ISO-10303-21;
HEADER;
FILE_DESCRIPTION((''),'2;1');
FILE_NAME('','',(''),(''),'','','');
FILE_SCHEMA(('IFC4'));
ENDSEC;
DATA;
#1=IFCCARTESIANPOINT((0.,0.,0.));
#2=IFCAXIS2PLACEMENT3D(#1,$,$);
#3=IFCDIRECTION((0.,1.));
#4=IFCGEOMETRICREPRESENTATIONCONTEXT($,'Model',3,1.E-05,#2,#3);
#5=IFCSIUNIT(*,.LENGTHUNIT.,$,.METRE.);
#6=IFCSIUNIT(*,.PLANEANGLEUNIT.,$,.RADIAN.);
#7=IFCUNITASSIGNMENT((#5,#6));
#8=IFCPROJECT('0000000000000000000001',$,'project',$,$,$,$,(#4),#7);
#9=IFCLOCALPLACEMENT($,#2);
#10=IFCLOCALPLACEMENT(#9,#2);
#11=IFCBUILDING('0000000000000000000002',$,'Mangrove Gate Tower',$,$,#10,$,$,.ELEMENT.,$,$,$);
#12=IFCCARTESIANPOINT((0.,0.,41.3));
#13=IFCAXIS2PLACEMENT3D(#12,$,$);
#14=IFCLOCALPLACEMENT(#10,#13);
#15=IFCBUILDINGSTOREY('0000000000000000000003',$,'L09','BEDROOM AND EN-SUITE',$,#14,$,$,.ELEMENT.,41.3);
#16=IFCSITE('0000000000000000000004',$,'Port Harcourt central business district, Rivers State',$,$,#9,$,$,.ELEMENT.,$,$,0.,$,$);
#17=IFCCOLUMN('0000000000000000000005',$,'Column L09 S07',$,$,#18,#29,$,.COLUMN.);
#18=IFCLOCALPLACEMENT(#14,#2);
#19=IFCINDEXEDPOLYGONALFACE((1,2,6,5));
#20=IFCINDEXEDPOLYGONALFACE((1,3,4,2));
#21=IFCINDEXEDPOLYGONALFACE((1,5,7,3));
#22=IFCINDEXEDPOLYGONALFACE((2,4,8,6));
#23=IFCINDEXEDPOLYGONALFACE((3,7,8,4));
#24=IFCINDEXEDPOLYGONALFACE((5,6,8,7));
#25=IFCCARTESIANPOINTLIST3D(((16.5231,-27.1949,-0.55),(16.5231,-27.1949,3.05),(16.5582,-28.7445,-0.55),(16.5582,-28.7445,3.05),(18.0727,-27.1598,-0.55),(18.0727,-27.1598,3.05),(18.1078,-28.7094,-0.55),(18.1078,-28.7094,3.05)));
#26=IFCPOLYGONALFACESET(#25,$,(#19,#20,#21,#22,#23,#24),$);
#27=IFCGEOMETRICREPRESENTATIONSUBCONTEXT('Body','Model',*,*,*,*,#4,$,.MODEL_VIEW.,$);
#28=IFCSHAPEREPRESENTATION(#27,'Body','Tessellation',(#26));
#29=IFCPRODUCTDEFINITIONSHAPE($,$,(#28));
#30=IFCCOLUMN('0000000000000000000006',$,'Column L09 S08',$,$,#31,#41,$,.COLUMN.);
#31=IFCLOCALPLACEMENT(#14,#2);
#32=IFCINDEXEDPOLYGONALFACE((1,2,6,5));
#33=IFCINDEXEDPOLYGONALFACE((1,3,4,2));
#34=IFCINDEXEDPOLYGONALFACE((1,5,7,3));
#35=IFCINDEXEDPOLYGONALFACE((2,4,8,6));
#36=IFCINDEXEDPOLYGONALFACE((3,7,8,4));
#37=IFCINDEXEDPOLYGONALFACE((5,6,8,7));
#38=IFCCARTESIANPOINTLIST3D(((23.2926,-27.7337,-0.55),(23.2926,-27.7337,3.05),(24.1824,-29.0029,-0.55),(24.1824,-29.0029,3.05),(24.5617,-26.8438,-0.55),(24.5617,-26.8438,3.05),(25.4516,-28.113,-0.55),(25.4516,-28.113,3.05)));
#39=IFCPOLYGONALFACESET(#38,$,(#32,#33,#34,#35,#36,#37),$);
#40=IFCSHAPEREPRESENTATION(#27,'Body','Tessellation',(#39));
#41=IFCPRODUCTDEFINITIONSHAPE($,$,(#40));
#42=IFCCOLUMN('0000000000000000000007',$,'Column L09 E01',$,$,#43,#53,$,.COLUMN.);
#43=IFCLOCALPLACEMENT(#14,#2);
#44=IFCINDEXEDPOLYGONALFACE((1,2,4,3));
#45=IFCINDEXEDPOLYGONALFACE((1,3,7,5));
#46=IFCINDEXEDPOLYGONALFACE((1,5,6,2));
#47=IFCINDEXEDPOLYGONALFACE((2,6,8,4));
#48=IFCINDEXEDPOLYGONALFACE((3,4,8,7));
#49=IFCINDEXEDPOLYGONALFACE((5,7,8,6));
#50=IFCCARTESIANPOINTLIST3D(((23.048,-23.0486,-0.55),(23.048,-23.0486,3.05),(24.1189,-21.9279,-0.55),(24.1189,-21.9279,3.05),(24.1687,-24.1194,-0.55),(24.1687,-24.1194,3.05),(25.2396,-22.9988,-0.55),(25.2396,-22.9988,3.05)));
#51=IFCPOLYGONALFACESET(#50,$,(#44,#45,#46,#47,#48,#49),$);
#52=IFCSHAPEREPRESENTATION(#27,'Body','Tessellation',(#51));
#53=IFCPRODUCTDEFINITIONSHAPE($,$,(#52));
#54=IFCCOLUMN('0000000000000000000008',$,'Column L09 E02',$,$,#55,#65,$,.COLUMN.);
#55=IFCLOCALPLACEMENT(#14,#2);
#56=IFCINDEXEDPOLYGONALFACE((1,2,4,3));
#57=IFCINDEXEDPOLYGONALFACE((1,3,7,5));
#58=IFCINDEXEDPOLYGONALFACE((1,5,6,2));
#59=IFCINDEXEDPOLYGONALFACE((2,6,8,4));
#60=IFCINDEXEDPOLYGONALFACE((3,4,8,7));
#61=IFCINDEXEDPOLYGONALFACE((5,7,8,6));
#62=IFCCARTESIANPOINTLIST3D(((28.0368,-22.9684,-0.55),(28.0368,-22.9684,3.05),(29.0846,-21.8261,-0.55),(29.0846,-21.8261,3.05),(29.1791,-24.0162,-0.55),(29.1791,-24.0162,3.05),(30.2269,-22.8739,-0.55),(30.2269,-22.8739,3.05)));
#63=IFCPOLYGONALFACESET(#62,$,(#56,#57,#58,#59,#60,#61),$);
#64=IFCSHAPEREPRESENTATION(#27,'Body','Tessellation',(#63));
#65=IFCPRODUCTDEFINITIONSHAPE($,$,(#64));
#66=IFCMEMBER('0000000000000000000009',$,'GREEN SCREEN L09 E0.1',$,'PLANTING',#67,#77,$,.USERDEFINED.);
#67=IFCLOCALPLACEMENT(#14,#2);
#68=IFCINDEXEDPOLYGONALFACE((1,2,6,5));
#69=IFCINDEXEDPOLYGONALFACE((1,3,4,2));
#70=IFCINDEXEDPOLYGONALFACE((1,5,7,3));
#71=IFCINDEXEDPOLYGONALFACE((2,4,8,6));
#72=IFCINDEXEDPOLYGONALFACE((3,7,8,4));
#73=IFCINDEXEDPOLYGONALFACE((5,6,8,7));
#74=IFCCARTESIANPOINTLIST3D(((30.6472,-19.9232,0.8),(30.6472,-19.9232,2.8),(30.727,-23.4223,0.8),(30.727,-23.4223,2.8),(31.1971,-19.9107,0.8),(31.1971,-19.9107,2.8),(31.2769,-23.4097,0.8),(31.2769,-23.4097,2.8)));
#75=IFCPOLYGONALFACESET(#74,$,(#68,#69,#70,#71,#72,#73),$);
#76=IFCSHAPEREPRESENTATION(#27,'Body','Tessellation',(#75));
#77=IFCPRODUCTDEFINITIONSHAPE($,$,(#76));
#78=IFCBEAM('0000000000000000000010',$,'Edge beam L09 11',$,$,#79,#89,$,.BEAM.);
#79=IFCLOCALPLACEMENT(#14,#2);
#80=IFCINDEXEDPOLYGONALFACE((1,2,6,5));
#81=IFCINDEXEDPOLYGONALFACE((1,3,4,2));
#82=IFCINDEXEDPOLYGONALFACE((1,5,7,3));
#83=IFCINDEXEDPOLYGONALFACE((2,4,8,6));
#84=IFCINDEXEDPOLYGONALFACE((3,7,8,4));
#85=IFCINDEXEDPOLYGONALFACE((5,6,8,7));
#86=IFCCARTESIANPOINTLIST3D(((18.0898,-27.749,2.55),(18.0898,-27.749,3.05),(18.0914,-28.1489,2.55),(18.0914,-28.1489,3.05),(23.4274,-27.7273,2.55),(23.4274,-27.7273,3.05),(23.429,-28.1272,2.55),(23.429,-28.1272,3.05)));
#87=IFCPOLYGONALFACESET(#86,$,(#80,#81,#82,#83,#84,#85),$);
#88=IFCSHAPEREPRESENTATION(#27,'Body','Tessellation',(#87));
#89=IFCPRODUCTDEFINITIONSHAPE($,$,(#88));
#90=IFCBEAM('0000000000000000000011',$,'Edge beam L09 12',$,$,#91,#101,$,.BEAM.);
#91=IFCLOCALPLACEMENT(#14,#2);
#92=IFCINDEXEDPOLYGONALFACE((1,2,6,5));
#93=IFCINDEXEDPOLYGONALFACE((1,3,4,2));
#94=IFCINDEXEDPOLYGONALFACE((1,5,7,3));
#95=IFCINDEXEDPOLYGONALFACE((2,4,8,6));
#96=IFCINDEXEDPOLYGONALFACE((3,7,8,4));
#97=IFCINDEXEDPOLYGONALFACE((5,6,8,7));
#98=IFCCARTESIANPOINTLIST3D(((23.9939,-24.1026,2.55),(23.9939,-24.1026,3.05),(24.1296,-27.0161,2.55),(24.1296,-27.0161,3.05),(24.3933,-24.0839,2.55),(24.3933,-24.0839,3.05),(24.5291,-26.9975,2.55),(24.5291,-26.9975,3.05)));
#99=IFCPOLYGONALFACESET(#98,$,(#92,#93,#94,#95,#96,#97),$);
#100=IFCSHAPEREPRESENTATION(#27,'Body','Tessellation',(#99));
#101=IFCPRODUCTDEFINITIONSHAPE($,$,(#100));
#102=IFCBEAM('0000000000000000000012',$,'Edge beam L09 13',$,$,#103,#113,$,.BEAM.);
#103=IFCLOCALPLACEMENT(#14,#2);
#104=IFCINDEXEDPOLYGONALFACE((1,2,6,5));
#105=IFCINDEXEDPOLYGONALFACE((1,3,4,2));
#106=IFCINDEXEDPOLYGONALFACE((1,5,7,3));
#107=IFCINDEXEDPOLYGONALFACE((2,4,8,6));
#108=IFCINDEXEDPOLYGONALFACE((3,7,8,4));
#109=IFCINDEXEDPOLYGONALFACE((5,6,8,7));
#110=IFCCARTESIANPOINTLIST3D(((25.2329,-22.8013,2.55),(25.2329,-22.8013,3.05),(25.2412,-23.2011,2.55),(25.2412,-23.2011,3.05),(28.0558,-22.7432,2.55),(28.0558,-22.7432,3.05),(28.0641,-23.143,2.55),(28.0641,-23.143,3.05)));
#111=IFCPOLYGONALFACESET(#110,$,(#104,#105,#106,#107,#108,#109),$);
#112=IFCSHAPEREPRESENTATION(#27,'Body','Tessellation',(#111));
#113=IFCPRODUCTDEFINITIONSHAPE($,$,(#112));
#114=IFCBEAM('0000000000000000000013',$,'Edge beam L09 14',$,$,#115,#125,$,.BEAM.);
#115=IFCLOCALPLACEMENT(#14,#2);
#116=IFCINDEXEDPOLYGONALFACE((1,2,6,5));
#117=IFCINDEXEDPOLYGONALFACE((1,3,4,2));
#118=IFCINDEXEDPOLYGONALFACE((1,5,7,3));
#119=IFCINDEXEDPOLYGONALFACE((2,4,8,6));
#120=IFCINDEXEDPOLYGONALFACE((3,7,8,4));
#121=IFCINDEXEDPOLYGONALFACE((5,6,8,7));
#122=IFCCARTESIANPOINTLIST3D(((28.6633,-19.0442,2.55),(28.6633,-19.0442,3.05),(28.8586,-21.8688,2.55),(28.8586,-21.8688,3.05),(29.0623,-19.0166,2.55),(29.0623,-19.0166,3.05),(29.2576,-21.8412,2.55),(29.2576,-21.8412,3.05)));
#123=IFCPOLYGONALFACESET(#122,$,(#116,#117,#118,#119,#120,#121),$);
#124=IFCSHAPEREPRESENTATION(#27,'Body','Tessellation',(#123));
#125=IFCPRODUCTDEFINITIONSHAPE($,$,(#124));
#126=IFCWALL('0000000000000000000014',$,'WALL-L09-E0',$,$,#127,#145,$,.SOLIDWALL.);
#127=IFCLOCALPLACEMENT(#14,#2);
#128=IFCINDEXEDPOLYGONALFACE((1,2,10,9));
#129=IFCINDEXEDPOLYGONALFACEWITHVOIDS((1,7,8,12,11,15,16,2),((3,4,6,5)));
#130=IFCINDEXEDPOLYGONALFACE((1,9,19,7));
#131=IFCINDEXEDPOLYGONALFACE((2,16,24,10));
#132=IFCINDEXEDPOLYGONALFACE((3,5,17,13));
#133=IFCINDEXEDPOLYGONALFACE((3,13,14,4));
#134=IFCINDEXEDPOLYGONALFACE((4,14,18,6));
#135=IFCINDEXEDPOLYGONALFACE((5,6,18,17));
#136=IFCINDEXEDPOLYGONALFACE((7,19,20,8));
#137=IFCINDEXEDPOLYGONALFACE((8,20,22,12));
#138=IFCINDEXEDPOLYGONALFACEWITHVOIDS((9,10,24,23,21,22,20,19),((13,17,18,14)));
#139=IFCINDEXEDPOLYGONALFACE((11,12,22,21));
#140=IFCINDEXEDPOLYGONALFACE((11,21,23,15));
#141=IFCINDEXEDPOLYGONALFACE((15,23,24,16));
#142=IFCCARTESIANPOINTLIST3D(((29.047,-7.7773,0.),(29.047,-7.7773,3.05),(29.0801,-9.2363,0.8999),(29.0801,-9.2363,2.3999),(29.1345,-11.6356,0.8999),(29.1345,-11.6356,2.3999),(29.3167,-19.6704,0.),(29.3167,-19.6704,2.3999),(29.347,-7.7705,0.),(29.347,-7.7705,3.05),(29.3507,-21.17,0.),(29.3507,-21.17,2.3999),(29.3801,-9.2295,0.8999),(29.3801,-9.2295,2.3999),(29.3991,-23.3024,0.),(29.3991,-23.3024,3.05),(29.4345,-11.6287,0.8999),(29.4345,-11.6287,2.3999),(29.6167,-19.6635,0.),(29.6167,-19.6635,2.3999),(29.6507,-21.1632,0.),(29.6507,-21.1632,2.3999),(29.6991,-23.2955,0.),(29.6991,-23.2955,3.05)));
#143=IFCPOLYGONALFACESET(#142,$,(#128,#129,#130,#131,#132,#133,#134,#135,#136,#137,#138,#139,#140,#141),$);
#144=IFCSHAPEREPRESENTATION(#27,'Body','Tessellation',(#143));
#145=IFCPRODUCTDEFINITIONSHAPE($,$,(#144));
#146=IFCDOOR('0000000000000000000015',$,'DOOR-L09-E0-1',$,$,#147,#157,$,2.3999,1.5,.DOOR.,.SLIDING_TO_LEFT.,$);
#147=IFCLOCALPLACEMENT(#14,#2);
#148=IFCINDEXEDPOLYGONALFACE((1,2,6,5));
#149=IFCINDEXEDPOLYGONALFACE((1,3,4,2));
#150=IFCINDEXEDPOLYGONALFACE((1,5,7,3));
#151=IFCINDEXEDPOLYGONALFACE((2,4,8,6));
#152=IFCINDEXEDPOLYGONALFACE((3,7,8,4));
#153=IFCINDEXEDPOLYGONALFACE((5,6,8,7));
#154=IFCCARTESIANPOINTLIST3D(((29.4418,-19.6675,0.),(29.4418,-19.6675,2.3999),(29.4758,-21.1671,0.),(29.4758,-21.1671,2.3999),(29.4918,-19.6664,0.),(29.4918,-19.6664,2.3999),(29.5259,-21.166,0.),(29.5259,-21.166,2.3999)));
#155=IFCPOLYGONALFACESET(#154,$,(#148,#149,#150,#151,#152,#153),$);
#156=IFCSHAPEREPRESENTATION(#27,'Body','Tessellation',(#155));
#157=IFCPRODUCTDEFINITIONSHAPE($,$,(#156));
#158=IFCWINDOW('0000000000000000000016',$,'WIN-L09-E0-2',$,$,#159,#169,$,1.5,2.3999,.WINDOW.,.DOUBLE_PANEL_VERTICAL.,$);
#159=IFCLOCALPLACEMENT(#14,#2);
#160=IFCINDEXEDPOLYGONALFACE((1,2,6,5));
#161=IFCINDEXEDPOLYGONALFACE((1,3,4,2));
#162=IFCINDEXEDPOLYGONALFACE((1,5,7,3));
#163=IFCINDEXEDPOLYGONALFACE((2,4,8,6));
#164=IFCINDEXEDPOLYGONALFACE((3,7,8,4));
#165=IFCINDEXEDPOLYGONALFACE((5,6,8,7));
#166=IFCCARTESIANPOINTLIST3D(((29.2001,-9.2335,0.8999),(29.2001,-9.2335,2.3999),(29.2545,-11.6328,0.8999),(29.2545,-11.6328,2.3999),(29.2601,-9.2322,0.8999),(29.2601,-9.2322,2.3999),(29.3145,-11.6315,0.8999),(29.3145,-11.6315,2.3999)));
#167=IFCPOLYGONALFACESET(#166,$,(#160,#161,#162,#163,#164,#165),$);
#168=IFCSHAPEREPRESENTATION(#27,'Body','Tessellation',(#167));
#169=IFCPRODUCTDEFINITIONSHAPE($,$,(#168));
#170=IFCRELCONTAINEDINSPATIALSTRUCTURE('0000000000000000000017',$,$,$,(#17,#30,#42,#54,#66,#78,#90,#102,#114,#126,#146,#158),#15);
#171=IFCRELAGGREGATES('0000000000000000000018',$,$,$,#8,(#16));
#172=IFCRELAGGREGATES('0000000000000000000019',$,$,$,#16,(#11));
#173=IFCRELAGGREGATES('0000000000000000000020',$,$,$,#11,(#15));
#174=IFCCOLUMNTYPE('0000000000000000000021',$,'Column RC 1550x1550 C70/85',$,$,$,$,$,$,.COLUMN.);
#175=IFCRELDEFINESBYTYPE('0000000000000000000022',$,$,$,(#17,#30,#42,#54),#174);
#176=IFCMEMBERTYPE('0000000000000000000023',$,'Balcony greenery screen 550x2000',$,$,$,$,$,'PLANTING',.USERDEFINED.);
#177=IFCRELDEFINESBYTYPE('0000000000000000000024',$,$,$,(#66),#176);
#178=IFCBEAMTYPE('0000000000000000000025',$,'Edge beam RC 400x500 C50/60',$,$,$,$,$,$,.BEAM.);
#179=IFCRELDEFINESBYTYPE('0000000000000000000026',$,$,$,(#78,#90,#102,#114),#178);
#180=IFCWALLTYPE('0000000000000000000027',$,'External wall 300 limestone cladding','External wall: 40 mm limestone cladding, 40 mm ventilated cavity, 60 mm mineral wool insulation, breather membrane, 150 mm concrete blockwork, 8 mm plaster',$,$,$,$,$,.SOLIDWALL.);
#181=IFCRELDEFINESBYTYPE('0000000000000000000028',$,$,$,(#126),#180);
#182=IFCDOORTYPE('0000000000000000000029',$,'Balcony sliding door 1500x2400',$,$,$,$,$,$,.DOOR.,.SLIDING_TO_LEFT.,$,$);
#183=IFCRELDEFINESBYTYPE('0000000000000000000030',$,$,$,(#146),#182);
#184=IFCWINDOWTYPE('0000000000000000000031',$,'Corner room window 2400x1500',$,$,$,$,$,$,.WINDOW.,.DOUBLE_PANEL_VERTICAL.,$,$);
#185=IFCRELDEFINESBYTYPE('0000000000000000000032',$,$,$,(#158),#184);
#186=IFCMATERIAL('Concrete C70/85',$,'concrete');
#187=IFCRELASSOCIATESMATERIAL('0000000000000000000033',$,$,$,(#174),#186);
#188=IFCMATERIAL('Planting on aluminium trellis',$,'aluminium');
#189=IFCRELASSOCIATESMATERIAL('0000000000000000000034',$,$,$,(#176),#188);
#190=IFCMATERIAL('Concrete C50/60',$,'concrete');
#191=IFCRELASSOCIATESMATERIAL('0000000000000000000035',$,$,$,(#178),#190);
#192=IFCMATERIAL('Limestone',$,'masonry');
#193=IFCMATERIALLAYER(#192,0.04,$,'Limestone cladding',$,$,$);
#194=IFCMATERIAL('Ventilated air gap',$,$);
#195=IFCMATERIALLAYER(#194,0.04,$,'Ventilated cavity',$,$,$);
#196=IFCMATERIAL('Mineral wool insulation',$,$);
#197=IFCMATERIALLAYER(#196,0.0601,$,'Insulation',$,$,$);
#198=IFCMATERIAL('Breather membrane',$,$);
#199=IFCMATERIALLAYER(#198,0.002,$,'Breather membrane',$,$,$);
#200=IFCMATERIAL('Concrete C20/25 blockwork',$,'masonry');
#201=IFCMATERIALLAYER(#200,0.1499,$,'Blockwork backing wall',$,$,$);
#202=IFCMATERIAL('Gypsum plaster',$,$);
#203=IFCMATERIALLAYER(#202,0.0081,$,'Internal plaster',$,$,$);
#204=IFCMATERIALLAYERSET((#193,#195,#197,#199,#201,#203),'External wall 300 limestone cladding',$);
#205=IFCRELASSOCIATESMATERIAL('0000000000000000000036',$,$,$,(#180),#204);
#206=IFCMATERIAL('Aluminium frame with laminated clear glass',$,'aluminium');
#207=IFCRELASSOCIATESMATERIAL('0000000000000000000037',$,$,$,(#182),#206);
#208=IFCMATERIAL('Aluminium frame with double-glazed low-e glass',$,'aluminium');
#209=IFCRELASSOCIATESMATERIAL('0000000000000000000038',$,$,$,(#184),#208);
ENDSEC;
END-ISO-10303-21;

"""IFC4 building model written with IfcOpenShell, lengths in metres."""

from ifc_helpers import new_model, si_unit, direction, frame, frame_2d, origin, origin_2d, place, context, subcontext, project, spatial, rectangle, extrude, material, layer, layer_set, material_profile, profile_set, type_object, element, fill, save


model = new_model("IFC4")

# Units and contexts
model_context = context("Model", 3, precision=1e-05, world=origin(), true_north=direction((0.0, 1.0)))
body_context = subcontext(model_context, "Body", "Model", "MODEL_VIEW")
ifc_project = project(units=[si_unit("LENGTHUNIT", "METRE"), si_unit("PLANEANGLEUNIT", "RADIAN")], contexts=[model_context])

# Site, building, storey
site_placement = place(None, origin())
site = spatial("IfcSite", under=ifc_project, at=site_placement, Name="Port Harcourt central business district, Rivers State", CompositionType="ELEMENT", RefElevation=0.0)
building_placement = place(site_placement, origin())
building = spatial("IfcBuilding", under=site, at=building_placement, Name="Mangrove Gate Tower", CompositionType="ELEMENT")
storey_placement = place(building_placement, frame((0.0, 0.0, 41.3)))
storey = spatial("IfcBuildingStorey", under=building, at=storey_placement, Name="L09", Description="BEDROOM AND EN-SUITE", CompositionType="ELEMENT", Elevation=41.3)

# Columns
ifc_material_1 = material(Name="Concrete C70/85", Category="concrete")
ifc_material_profile_1 = material_profile(ifc_material_1, rectangle(XDim=1.55, YDim=1.55, at=origin_2d()))
ifc_profile_set_1 = profile_set([ifc_material_profile_1], Name="Concrete C70/85")
column_type = type_object("IfcColumnType", Name="Column RC 1550x1550 C70/85", PredefinedType="COLUMN", material=ifc_profile_set_1)
for number, where, z_axis, x_axis, name in (
    (1, (17.3154, -27.9521, -0.55), (0.0, 0.0, 1.0), (0.999744, 0.022644, 0.0), "Column L09 S07"),
    (2, (24.3721, -27.9233, -0.55), (0.0, 0.0, 1.0), (0.818799, 0.574081, 0.0), "Column L09 S08"),
    (3, (24.1438, -23.0237, -0.55), (0.0, 0.0, 1.0), (0.690876, 0.722973, 0.0), "Column L09 E01"),
    (4, (29.1318, -22.9211, -0.55), (0.0, 0.0, 1.0), (0.675975, 0.736924, 0.0), "Column L09 E02"),
):
    element("IfcColumn", number, at=place(storey_placement, frame(where, z_axis=z_axis, x_axis=x_axis)), inside=storey, type_object=column_type, Name=name, PredefinedType="COLUMN", context=body_context, shape_type="SweptSolid", body=[
        extrude(rectangle(XDim=1.55, YDim=1.55, at=origin_2d()), origin(), (0.0, 0.0, 1.0), 3.6001),
    ])

# Member
ifc_material_2 = material(Name="Planting on aluminium trellis", Category="aluminium")
ifc_material_profile_2 = material_profile(ifc_material_2, rectangle(XDim=0.55, YDim=2.0, at=origin_2d()))
ifc_profile_set_2 = profile_set([ifc_material_profile_2], Name="Planting on aluminium trellis")
member_type = type_object("IfcMemberType", Name="Balcony greenery screen 550x2000", ElementType="PLANTING", PredefinedType="USERDEFINED", material=ifc_profile_set_2)
member_placement = place(storey_placement, frame((31.002, -23.416, 1.8), z_axis=(-0.02281, 0.99974, 0.0), x_axis=(-0.99974, -0.02281, 0.0)))
element("IfcMember", 5, at=member_placement, inside=storey, type_object=member_type, Name="GREEN SCREEN L09 E0.1", ObjectType="PLANTING", PredefinedType="USERDEFINED", context=body_context, shape_type="SweptSolid", body=[
    extrude(rectangle(XDim=0.55, YDim=2.0, at=origin_2d()), origin(), (0.0, 0.0, 1.0), 3.5),
])

# Beams
ifc_material_3 = material(Name="Concrete C50/60", Category="concrete")
ifc_material_profile_3 = material_profile(ifc_material_3, rectangle(XDim=0.3999, YDim=0.5, at=origin_2d()))
ifc_profile_set_3 = profile_set([ifc_material_profile_3], Name="Concrete C50/60")
beam_type = type_object("IfcBeamType", Name="Edge beam RC 400x500 C50/60", PredefinedType="BEAM", material=ifc_profile_set_3)
beam_1_placement = place(storey_placement, frame((18.0906, -27.949, 2.8), z_axis=(0.999992, 0.004071, 0.0), x_axis=(-0.004071, 0.999992, 0.0)))
element("IfcBeam", 6, at=beam_1_placement, inside=storey, type_object=beam_type, Name="Edge beam L09 11", PredefinedType="BEAM", context=body_context, shape_type="SweptSolid", body=[
    extrude(rectangle(XDim=0.3999, YDim=0.5, at=origin_2d()), origin(), (0.0, 0.0, 1.0), 5.3376),
])
beam_2_placement = place(storey_placement, frame((24.3293, -27.0068, 2.8), z_axis=(-0.046539, 0.998916, 0.0), x_axis=(-0.998916, -0.046539, 0.0)))
element("IfcBeam", 7, at=beam_2_placement, inside=storey, type_object=beam_type, Name="Edge beam L09 12", PredefinedType="BEAM", context=body_context, shape_type="SweptSolid", body=[
    extrude(rectangle(XDim=0.3999, YDim=0.5, at=origin_2d()), origin(), (0.0, 0.0, 1.0), 2.9167),
])
beam_3_placement = place(storey_placement, frame((25.2371, -23.0012, 2.8), z_axis=(0.999788, 0.020579, 0.0), x_axis=(-0.020579, 0.999788, 0.0)))
element("IfcBeam", 8, at=beam_3_placement, inside=storey, type_object=beam_type, Name="Edge beam L09 13", PredefinedType="BEAM", context=body_context, shape_type="SweptSolid", body=[
    extrude(rectangle(XDim=0.3999, YDim=0.5, at=origin_2d()), origin(), (0.0, 0.0, 1.0), 2.8235),
])
beam_4_placement = place(storey_placement, frame((29.0581, -21.855, 2.8), z_axis=(-0.068986, 0.997618, 0.0), x_axis=(-0.997618, -0.068986, 0.0)))
element("IfcBeam", 9, at=beam_4_placement, inside=storey, type_object=beam_type, Name="Edge beam L09 14", PredefinedType="BEAM", context=body_context, shape_type="SweptSolid", body=[
    extrude(rectangle(XDim=0.3999, YDim=0.5, at=origin_2d()), origin(), (0.0, 0.0, 1.0), 2.8313),
])

# Wall, openings, door, window
ifc_material_4 = material(Name="Limestone", Category="masonry")
ifc_layer_1 = layer(ifc_material_4, 0.04, Name="Limestone cladding")
ifc_material_5 = material(Name="Ventilated air gap")
ifc_layer_2 = layer(ifc_material_5, 0.04, Name="Ventilated cavity")
ifc_material_6 = material(Name="Mineral wool insulation")
ifc_layer_3 = layer(ifc_material_6, 0.0601, Name="Insulation")
ifc_material_7 = material(Name="Breather membrane")
ifc_layer_4 = layer(ifc_material_7, 0.002, Name="Breather membrane")
ifc_material_8 = material(Name="Concrete C20/25 blockwork", Category="masonry")
ifc_layer_5 = layer(ifc_material_8, 0.1499, Name="Blockwork backing wall")
ifc_material_9 = material(Name="Gypsum plaster")
ifc_layer_6 = layer(ifc_material_9, 0.0081, Name="Internal plaster")
ifc_layer_set_1 = layer_set([ifc_layer_1, ifc_layer_2, ifc_layer_3, ifc_layer_4, ifc_layer_5, ifc_layer_6], Name="External wall 300 limestone cladding")
wall_type_1 = type_object("IfcWallType", Name="External wall 300 limestone cladding", Description="External wall: 40 mm limestone cladding, 40 mm ventilated cavity, 60 mm mineral wool insulation, breather membrane, 150 mm concrete blockwork, 8 mm plaster", PredefinedType="SOLIDWALL", material=ifc_layer_set_1)
wall_1_placement = place(storey_placement, frame((29.5491, -23.2991, 0.0), z_axis=(0.0, 0.0, 1.0), x_axis=(-0.02267, 0.999743, 0.0)))
wall_1 = element("IfcWall", 10, at=wall_1_placement, inside=storey, type_object=wall_type_1, Name="WALL-L09-E0", PredefinedType="SOLIDWALL", context=body_context, shape_type="SweptSolid", body=[
    extrude(rectangle(XDim=15.5291, YDim=0.3, at=frame_2d((7.7646, 0.0))), origin(), (0.0, 0.0, 1.0), 3.05),
])
opening_1_placement = place(wall_1_placement, frame((2.1331, 0.0, 0.0)))
opening_1 = element("IfcOpeningElement", 11, at=opening_1_placement, cuts=wall_1, PredefinedType="OPENING", context=body_context, shape_type="SweptSolid", body=[
    extrude(rectangle(XDim=1.5, YDim=2.3999, at=frame_2d((0.75, 1.2))), frame((0.0, 0.1599, 0.0), z_axis=(0.0, -1.0, 0.0), x_axis=(1.0, 0.0, 0.0)), (0.0, 0.0, 1.0), 0.3201),
])
opening_2_placement = place(wall_1_placement, frame((11.6699, 0.0, 0.8999)))
opening_2 = element("IfcOpeningElement", 12, at=opening_2_placement, cuts=wall_1, PredefinedType="OPENING", context=body_context, shape_type="SweptSolid", body=[
    extrude(rectangle(XDim=2.3999, YDim=1.5, at=frame_2d((1.2, 0.75))), frame((0.0, 0.1599, 0.0), z_axis=(0.0, -1.0, 0.0), x_axis=(1.0, 0.0, 0.0)), (0.0, 0.0, 1.0), 0.3201),
])
ifc_material_10 = material(Name="Aluminium frame with laminated clear glass", Category="aluminium")
door_type_1 = type_object("IfcDoorType", Name="Balcony sliding door 1500x2400", OperationType="SLIDING_TO_LEFT", PredefinedType="DOOR", material=ifc_material_10)
door_1_placement = place(opening_1_placement, origin())
door_1 = element("IfcDoor", 13, at=door_1_placement, inside=storey, type_object=door_type_1, Name="DOOR-L09-E0-1", OperationType="SLIDING_TO_LEFT", OverallHeight=2.3999, OverallWidth=1.5, PredefinedType="DOOR", context=body_context, shape_type="SweptSolid", body=[
    extrude(rectangle(XDim=1.5, YDim=2.3999, at=frame_2d((0.75, 1.2))), frame((0.0, 0.0249, 0.0), z_axis=(0.0, -1.0, 0.0), x_axis=(1.0, 0.0, 0.0)), (0.0, 0.0, 1.0), 0.05),
])
fill(opening_1, door_1)
ifc_material_11 = material(Name="Aluminium frame with double-glazed low-e glass", Category="aluminium")
window_type = type_object("IfcWindowType", Name="Corner room window 2400x1500", PartitioningType="DOUBLE_PANEL_VERTICAL", PredefinedType="WINDOW", material=ifc_material_11)
window_1_placement = place(opening_2_placement, origin())
window_1 = element("IfcWindow", 14, at=window_1_placement, inside=storey, type_object=window_type, Name="WIN-L09-E0-2", OverallHeight=1.5, OverallWidth=2.3999, PartitioningType="DOUBLE_PANEL_VERTICAL", PredefinedType="WINDOW", context=body_context, shape_type="SweptSolid", body=[
    extrude(rectangle(XDim=2.3999, YDim=1.5, at=frame_2d((1.2, 0.75))), frame((0.0, 0.03, 0.0), z_axis=(0.0, -1.0, 0.0), x_axis=(1.0, 0.0, 0.0)), (0.0, 0.0, 1.0), 0.0601),
])
fill(opening_2, window_1)

save(model, "model.ifc")
